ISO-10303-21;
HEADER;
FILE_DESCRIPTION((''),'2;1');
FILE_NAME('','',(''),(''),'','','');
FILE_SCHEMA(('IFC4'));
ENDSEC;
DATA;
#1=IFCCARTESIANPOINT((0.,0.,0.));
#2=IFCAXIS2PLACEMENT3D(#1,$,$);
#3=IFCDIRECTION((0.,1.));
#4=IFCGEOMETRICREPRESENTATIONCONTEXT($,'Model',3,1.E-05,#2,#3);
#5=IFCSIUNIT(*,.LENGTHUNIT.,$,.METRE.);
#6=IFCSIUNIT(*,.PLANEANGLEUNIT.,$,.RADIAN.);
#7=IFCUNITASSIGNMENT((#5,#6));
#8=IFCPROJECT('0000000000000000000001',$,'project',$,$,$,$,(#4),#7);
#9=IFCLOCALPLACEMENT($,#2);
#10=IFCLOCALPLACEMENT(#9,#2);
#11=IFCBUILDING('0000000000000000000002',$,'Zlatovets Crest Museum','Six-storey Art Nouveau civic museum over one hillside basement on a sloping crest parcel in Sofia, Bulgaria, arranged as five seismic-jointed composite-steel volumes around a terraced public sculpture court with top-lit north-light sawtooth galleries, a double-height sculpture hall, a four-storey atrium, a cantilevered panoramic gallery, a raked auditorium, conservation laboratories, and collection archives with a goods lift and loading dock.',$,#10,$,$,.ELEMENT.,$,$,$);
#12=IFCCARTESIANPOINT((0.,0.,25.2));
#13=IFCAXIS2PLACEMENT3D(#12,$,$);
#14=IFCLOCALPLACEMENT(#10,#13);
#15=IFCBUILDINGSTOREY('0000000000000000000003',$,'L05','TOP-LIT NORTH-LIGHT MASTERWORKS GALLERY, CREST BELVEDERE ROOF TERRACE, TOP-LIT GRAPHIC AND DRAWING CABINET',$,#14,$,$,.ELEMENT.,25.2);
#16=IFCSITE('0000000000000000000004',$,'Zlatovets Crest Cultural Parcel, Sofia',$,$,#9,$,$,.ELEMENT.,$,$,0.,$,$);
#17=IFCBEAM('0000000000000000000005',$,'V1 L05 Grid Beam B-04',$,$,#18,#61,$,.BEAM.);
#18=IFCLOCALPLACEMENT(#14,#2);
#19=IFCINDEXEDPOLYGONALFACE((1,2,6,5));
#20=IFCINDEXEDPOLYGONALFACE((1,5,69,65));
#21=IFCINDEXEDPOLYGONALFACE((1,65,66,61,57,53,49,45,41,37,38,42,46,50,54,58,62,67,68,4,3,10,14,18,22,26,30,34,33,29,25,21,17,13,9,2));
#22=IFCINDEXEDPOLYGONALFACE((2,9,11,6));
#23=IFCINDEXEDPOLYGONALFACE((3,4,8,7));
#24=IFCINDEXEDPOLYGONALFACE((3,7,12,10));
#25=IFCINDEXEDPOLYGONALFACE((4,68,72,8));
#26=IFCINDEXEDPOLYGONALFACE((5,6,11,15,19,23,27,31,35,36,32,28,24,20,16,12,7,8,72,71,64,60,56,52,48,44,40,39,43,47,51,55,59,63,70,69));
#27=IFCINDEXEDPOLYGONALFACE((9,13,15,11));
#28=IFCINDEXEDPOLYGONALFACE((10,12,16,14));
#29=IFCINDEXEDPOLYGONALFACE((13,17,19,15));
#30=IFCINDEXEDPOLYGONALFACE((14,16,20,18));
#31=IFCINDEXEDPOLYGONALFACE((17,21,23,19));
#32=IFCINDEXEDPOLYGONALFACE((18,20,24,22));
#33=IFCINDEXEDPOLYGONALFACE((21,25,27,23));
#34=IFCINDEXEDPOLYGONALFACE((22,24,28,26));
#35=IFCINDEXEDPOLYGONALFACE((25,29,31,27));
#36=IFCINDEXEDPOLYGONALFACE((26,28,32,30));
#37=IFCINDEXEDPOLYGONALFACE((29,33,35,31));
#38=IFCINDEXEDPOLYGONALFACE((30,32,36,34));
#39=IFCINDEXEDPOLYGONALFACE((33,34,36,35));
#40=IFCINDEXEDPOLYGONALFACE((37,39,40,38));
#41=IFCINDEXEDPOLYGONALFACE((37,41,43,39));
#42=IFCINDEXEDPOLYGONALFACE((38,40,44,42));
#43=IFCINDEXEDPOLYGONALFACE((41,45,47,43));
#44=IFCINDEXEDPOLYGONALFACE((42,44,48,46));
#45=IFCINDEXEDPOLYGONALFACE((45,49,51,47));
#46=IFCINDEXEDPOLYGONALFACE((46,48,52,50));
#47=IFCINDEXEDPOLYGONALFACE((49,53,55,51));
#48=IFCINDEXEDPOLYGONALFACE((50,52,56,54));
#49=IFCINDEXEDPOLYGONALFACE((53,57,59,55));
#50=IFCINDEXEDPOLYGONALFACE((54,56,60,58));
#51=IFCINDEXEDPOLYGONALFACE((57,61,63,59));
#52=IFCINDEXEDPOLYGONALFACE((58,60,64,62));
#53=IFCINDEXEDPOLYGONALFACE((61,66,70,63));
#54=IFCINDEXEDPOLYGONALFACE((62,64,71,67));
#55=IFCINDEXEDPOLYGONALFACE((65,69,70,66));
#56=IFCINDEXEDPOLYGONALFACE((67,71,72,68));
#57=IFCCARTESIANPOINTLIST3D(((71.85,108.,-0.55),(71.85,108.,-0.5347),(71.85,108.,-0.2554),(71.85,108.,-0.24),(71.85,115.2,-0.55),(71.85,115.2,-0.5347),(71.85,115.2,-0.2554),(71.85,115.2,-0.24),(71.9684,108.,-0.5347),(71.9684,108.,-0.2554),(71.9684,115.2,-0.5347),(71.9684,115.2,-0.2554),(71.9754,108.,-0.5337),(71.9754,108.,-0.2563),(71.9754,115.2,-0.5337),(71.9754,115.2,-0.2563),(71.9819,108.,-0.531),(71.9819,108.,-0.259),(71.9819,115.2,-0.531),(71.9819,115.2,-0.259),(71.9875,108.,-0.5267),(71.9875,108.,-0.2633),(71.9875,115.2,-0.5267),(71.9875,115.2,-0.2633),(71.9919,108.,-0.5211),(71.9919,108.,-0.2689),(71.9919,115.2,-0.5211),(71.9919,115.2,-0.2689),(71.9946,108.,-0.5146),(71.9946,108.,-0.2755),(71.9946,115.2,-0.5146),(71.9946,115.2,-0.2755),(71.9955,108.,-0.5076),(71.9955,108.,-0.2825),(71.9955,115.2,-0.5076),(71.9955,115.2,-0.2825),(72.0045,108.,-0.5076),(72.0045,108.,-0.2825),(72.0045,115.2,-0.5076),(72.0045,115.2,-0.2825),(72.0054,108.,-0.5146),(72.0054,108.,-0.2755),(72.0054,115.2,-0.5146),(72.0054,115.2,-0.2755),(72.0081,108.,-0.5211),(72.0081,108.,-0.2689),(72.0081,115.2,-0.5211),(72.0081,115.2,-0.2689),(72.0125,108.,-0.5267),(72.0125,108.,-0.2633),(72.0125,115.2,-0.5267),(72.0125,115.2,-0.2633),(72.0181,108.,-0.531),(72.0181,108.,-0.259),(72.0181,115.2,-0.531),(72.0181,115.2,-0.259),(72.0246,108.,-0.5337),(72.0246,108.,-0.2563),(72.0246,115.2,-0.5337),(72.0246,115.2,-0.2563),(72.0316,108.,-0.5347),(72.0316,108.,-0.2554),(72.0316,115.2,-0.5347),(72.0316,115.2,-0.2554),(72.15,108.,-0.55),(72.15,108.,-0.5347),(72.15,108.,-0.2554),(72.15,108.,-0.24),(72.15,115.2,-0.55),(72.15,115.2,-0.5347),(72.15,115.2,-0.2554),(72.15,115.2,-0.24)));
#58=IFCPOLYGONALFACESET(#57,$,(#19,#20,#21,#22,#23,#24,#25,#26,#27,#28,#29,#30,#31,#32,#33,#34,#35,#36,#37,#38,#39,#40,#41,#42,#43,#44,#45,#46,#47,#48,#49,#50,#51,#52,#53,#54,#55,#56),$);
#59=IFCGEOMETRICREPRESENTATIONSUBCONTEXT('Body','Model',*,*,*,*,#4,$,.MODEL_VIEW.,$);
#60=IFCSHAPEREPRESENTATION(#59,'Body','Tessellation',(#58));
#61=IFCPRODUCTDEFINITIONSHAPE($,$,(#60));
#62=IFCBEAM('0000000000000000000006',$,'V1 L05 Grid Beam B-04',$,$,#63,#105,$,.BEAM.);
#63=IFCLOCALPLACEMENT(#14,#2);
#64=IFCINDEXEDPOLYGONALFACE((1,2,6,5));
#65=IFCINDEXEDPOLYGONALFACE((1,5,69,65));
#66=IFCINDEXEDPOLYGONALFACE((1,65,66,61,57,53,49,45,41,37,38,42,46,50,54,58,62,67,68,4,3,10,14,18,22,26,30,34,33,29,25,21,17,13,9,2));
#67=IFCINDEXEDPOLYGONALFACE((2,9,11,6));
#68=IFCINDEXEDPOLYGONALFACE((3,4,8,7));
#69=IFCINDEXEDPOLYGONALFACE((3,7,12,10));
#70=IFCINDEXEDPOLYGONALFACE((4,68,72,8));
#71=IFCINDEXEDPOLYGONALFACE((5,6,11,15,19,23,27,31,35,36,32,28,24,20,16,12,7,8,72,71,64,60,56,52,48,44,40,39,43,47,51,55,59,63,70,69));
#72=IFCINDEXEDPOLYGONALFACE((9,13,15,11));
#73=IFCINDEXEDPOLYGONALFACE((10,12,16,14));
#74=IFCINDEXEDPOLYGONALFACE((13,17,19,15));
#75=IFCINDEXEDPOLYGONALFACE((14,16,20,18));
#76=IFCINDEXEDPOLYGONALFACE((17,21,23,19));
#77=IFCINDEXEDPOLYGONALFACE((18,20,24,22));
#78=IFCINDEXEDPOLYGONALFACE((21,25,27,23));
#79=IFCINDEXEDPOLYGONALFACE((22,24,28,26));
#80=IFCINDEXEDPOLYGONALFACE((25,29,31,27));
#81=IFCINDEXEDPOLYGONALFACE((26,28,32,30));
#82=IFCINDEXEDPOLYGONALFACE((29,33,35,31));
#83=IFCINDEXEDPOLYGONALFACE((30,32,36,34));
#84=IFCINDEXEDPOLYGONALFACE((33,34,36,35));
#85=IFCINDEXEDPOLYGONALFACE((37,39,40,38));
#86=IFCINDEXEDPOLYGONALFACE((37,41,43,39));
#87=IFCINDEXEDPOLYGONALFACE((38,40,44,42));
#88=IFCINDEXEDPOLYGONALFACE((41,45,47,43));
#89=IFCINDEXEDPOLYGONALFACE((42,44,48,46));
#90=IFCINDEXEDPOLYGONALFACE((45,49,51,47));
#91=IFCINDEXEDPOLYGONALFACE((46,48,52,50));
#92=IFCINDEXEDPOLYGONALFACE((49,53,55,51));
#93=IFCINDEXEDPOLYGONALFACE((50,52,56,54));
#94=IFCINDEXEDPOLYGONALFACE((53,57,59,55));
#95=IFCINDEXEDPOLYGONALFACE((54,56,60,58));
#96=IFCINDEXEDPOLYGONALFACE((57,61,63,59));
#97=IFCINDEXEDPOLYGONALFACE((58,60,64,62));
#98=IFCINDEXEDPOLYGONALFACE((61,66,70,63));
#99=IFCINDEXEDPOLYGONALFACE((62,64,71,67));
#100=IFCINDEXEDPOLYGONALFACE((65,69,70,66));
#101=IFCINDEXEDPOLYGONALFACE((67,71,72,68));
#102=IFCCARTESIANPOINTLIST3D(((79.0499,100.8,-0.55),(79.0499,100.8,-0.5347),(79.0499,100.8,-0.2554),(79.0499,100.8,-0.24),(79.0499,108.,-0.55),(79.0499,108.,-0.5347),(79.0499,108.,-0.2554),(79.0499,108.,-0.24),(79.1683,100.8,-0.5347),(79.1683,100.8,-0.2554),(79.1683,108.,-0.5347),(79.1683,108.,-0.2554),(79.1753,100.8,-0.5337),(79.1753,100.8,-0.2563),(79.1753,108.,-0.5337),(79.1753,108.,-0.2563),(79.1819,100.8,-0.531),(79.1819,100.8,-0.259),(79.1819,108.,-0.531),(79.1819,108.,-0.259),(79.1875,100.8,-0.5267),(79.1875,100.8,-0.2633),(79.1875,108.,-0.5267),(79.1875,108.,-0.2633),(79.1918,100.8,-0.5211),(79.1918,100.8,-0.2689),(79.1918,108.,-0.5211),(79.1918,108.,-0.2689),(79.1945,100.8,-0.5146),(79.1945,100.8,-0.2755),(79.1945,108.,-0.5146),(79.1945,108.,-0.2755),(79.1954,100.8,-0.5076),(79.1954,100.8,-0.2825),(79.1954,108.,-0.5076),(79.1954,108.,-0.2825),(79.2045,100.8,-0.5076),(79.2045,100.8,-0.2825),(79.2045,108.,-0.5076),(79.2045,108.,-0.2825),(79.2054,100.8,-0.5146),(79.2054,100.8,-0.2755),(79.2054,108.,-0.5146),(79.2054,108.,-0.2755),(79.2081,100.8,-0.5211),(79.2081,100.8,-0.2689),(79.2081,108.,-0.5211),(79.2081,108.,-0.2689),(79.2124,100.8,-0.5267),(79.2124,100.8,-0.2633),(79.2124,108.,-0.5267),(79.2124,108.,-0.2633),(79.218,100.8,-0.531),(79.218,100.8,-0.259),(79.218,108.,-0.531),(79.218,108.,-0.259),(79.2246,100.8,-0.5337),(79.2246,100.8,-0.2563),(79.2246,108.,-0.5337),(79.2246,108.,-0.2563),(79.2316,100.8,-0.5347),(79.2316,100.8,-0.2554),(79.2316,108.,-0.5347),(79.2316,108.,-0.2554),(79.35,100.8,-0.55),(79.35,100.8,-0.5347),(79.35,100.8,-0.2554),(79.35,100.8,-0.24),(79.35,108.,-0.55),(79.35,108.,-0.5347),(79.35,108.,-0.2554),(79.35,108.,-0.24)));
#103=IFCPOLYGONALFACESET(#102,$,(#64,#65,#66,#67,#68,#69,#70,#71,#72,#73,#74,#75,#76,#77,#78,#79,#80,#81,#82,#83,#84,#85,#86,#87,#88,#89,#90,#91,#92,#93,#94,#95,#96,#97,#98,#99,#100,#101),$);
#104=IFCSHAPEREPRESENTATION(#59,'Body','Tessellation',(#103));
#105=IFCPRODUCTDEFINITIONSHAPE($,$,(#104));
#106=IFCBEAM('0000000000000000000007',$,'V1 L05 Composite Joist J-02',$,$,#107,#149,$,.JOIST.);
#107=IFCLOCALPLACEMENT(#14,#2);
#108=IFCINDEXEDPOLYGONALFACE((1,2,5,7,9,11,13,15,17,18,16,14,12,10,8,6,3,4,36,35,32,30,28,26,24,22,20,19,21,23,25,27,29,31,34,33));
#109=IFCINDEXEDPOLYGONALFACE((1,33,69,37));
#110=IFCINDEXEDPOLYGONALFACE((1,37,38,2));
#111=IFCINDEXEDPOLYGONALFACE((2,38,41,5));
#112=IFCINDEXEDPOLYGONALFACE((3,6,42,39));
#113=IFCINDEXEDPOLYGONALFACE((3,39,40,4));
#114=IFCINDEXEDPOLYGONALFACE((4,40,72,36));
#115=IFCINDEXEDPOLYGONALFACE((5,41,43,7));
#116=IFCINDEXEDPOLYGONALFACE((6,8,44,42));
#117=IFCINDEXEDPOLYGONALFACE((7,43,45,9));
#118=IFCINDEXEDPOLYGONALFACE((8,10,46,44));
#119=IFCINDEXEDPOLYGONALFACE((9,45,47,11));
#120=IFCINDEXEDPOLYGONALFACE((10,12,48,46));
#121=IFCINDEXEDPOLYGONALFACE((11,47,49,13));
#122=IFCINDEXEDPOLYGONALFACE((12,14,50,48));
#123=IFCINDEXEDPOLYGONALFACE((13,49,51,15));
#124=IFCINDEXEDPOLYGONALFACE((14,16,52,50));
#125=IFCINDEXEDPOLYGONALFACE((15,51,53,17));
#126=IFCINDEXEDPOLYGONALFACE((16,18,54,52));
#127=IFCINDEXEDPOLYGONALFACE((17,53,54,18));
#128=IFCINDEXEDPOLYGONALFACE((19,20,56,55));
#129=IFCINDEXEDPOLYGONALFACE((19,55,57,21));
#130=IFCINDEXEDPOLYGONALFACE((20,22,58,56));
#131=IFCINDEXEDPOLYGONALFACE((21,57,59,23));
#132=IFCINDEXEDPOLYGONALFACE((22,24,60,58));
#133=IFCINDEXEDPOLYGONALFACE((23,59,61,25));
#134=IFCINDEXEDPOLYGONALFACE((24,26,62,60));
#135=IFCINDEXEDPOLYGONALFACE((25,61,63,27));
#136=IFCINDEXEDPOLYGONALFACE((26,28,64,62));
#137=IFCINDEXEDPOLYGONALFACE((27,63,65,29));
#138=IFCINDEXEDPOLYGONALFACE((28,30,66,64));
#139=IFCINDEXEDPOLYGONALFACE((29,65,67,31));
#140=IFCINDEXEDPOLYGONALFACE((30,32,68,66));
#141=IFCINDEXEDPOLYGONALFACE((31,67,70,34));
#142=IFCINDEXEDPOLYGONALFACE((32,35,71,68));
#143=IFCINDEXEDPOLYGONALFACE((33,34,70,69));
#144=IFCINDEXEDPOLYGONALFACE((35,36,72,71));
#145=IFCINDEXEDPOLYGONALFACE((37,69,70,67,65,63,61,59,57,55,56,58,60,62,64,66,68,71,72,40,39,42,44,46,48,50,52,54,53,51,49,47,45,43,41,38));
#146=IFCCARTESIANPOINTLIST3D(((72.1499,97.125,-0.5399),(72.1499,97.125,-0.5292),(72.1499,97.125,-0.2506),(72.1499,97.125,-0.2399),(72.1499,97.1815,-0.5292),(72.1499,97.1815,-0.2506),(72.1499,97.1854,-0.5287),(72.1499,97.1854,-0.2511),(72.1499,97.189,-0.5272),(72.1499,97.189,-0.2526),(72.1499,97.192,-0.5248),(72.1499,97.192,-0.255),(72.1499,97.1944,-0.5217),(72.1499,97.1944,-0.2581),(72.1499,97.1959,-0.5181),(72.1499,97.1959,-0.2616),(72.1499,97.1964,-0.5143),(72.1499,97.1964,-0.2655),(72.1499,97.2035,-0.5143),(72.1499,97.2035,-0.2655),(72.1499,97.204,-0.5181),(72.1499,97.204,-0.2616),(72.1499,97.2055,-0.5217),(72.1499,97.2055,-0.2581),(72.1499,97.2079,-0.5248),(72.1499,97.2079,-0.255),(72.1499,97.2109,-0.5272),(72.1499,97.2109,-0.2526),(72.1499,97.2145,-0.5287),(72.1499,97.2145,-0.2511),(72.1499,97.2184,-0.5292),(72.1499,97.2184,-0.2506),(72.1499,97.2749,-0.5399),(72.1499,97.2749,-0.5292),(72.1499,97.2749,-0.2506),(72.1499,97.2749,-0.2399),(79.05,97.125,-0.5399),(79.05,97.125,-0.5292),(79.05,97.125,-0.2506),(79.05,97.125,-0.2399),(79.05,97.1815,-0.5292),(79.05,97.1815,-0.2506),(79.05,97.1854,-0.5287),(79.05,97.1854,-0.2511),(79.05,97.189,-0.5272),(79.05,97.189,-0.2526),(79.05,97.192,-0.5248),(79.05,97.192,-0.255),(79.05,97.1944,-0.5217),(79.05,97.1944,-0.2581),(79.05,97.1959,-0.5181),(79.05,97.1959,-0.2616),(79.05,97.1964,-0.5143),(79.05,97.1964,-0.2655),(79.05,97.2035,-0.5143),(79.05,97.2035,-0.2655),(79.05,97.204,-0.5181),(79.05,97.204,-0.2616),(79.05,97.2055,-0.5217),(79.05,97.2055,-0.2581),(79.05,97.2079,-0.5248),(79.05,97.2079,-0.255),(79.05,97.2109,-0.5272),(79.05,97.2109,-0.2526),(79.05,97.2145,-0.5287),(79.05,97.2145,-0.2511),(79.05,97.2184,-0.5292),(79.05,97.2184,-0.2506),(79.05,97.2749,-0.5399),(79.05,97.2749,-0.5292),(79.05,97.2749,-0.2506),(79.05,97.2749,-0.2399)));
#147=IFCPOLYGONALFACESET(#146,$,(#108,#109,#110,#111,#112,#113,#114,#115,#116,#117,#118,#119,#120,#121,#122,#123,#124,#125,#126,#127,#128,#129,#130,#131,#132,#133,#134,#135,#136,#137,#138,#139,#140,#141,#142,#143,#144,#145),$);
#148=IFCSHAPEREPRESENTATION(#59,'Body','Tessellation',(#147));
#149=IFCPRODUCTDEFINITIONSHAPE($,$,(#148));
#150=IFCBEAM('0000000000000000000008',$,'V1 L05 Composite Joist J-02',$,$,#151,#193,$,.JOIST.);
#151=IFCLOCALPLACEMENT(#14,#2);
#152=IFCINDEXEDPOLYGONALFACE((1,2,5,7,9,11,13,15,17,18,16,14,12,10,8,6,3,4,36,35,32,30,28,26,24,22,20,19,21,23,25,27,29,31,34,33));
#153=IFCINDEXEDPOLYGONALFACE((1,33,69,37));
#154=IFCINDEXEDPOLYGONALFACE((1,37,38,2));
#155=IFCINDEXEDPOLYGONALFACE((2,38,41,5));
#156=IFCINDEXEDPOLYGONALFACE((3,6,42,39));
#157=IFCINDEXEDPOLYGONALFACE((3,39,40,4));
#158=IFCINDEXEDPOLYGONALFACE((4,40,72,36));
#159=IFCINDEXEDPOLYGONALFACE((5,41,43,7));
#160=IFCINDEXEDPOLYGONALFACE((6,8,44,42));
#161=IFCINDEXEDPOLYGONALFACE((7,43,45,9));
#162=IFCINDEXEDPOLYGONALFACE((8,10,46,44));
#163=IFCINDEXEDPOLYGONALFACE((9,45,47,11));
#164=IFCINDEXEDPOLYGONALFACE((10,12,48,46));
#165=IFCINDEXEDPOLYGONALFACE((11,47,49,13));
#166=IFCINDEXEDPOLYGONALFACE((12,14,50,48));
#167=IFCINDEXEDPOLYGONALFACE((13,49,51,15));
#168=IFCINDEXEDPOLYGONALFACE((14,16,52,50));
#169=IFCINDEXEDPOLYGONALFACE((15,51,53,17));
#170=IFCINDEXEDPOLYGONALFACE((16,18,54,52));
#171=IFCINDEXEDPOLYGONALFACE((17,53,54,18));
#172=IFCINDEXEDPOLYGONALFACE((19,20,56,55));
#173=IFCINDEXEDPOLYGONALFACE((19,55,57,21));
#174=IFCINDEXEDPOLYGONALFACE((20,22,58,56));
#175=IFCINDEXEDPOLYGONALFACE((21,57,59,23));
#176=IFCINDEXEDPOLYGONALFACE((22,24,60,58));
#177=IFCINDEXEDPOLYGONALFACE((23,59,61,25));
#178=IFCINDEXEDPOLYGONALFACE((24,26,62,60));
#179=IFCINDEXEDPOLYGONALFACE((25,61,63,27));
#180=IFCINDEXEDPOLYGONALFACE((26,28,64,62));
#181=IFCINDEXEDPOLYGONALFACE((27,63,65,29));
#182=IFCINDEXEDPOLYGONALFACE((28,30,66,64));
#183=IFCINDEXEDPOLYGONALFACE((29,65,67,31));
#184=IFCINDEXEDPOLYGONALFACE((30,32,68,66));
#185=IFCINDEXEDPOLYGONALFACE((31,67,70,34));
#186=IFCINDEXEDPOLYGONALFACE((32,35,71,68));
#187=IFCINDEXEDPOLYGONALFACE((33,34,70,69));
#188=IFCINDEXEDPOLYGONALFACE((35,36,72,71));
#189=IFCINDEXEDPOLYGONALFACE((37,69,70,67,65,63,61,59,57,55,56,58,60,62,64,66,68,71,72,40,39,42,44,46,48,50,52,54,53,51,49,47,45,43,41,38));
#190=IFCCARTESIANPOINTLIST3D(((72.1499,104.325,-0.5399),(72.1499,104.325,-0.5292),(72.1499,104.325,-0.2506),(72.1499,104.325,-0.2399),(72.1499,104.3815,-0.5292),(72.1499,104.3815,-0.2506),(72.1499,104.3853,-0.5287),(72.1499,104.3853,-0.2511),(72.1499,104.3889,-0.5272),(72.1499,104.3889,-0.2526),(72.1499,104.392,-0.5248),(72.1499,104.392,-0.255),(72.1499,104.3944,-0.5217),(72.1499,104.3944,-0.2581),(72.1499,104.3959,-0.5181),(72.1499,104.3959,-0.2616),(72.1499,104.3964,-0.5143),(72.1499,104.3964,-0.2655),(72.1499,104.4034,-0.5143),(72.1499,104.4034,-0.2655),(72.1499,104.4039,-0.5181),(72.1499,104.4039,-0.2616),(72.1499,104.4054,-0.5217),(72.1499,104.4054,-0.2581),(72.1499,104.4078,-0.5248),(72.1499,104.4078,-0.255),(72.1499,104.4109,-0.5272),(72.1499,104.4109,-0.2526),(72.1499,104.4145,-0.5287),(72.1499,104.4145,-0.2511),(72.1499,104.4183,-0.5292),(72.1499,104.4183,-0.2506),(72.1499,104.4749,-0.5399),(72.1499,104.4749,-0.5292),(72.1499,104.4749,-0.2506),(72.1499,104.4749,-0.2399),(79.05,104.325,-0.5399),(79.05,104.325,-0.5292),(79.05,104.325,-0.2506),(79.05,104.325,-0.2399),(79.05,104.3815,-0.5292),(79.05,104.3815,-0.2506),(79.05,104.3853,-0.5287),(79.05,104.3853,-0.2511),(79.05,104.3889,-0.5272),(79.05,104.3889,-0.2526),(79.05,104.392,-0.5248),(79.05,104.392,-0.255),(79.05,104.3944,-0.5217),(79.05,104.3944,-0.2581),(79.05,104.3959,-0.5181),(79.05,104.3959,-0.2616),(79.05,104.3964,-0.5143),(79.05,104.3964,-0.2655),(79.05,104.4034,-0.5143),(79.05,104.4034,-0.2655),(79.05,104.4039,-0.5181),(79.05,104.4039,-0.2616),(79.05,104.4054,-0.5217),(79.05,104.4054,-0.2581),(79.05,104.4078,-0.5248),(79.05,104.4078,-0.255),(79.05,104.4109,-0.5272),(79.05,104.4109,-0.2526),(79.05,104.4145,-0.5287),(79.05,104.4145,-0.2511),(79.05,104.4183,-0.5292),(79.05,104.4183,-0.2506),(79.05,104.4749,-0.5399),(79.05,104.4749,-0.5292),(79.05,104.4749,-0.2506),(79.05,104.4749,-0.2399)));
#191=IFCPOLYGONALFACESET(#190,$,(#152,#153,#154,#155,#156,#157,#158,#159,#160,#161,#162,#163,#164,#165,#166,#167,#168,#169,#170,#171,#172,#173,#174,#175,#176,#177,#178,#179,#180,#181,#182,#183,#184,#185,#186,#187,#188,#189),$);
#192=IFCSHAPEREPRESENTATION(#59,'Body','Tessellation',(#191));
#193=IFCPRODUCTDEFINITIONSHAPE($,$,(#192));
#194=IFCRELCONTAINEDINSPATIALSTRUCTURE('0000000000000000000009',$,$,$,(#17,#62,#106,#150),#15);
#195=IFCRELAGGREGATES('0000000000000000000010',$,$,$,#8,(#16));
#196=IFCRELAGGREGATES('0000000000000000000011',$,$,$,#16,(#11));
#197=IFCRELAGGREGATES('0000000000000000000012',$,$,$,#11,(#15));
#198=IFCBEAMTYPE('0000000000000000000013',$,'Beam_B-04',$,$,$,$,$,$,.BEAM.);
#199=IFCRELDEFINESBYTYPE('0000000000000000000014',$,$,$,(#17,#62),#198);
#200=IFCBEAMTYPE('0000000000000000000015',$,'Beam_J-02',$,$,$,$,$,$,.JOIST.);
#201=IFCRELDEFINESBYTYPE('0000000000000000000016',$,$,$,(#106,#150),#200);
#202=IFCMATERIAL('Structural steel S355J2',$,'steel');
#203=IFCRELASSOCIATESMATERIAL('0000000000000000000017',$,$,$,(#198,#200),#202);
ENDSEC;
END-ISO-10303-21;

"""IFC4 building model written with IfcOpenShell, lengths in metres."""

from ifc_helpers import new_model, si_unit, direction, frame, origin, origin_2d, place, context, subcontext, project, spatial, i_section, extrude, material, material_profile, profile_set, type_object, element, save


model = new_model("IFC4")

# Units and contexts
model_context = context("Model", 3, precision=1e-05, world=origin(), true_north=direction((0.0, 1.0)))
body_context = subcontext(model_context, "Body", "Model", "MODEL_VIEW")
ifc_project = project(units=[si_unit("LENGTHUNIT", "METRE"), si_unit("PLANEANGLEUNIT", "RADIAN")], contexts=[model_context])

# Site, building, storey
site_placement = place(None, origin())
site = spatial("IfcSite", under=ifc_project, at=site_placement, Name="Zlatovets Crest Cultural Parcel, Sofia", CompositionType="ELEMENT", RefElevation=0.0)
building_placement = place(site_placement, origin())
building = spatial("IfcBuilding", under=site, at=building_placement, Name="Zlatovets Crest Museum", Description="Six-storey Art Nouveau civic museum over one hillside basement on a sloping crest parcel in Sofia, Bulgaria, arranged as five seismic-jointed composite-steel volumes around a terraced public sculpture court with top-lit north-light sawtooth galleries, a double-height sculpture hall, a four-storey atrium, a cantilevered panoramic gallery, a raked auditorium, conservation laboratories, and collection archives with a goods lift and loading dock.", CompositionType="ELEMENT")
storey_placement = place(building_placement, frame((0.0, 0.0, 25.2)))
storey = spatial("IfcBuildingStorey", under=building, at=storey_placement, Name="L05", Description="TOP-LIT NORTH-LIGHT MASTERWORKS GALLERY, CREST BELVEDERE ROOF TERRACE, TOP-LIT GRAPHIC AND DRAWING CABINET", CompositionType="ELEMENT", Elevation=25.2)

# Beams
ifc_material_1 = material(Name="Structural steel S355J2", Category="steel")
ifc_material_profile_1 = material_profile(ifc_material_1, i_section(OverallWidth=0.3, OverallDepth=0.3101, WebThickness=0.009, FlangeThickness=0.0154, FilletRadius=0.0271, at=origin_2d()), Name="HEA 320")
ifc_profile_set_1 = profile_set([ifc_material_profile_1], Name="Structural steel S355J2")
beam_type_1 = type_object("IfcBeamType", Name="Beam_B-04", PredefinedType="BEAM", material=ifc_profile_set_1)
for number, where, z_axis, x_axis, name in (
    (1, (72.0, 108.0, -0.395), (0.0, 1.0, 0.0), (-1.0, 0.0, 0.0), "V1 L05 Grid Beam B-04"),
    (2, (79.2, 100.8, -0.395), (0.0, 1.0, 0.0), (-1.0, 0.0, 0.0), "V1 L05 Grid Beam B-04"),
):
    element("IfcBeam", number, at=place(storey_placement, frame(where, z_axis=z_axis, x_axis=x_axis)), inside=storey, type_object=beam_type_1, Name=name, PredefinedType="BEAM", context=body_context, shape_type="SweptSolid", body=[
        extrude(i_section(OverallWidth=0.3, OverallDepth=0.3101, WebThickness=0.009, FlangeThickness=0.0154, FilletRadius=0.0271, at=origin_2d()), origin(), (0.0, 0.0, 1.0), 7.2),
    ])
ifc_material_profile_2 = material_profile(ifc_material_1, i_section(OverallWidth=0.1499, OverallDepth=0.3, WebThickness=0.0071, FlangeThickness=0.0107, FilletRadius=0.0149, at=origin_2d()), Name="IPE 300")
ifc_profile_set_2 = profile_set([ifc_material_profile_2], Name="Structural steel S355J2")
beam_type_2 = type_object("IfcBeamType", Name="Beam_J-02", PredefinedType="JOIST", material=ifc_profile_set_2)
for number, where, z_axis, x_axis, name in (
    (3, (72.1499, 97.2, -0.3899), (1.0, 0.0, 0.0), (0.0, 1.0, 0.0), "V1 L05 Composite Joist J-02"),
    (4, (72.1499, 104.3999, -0.3899), (1.0, 0.0, 0.0), (0.0, 1.0, 0.0), "V1 L05 Composite Joist J-02"),
):
    element("IfcBeam", number, at=place(storey_placement, frame(where, z_axis=z_axis, x_axis=x_axis)), inside=storey, type_object=beam_type_2, Name=name, PredefinedType="JOIST", context=body_context, shape_type="SweptSolid", body=[
        extrude(i_section(OverallWidth=0.1499, OverallDepth=0.3, WebThickness=0.0071, FlangeThickness=0.0107, FilletRadius=0.0149, at=origin_2d()), origin(), (0.0, 0.0, 1.0), 6.9001),
    ])

save(model, "model.ifc")
